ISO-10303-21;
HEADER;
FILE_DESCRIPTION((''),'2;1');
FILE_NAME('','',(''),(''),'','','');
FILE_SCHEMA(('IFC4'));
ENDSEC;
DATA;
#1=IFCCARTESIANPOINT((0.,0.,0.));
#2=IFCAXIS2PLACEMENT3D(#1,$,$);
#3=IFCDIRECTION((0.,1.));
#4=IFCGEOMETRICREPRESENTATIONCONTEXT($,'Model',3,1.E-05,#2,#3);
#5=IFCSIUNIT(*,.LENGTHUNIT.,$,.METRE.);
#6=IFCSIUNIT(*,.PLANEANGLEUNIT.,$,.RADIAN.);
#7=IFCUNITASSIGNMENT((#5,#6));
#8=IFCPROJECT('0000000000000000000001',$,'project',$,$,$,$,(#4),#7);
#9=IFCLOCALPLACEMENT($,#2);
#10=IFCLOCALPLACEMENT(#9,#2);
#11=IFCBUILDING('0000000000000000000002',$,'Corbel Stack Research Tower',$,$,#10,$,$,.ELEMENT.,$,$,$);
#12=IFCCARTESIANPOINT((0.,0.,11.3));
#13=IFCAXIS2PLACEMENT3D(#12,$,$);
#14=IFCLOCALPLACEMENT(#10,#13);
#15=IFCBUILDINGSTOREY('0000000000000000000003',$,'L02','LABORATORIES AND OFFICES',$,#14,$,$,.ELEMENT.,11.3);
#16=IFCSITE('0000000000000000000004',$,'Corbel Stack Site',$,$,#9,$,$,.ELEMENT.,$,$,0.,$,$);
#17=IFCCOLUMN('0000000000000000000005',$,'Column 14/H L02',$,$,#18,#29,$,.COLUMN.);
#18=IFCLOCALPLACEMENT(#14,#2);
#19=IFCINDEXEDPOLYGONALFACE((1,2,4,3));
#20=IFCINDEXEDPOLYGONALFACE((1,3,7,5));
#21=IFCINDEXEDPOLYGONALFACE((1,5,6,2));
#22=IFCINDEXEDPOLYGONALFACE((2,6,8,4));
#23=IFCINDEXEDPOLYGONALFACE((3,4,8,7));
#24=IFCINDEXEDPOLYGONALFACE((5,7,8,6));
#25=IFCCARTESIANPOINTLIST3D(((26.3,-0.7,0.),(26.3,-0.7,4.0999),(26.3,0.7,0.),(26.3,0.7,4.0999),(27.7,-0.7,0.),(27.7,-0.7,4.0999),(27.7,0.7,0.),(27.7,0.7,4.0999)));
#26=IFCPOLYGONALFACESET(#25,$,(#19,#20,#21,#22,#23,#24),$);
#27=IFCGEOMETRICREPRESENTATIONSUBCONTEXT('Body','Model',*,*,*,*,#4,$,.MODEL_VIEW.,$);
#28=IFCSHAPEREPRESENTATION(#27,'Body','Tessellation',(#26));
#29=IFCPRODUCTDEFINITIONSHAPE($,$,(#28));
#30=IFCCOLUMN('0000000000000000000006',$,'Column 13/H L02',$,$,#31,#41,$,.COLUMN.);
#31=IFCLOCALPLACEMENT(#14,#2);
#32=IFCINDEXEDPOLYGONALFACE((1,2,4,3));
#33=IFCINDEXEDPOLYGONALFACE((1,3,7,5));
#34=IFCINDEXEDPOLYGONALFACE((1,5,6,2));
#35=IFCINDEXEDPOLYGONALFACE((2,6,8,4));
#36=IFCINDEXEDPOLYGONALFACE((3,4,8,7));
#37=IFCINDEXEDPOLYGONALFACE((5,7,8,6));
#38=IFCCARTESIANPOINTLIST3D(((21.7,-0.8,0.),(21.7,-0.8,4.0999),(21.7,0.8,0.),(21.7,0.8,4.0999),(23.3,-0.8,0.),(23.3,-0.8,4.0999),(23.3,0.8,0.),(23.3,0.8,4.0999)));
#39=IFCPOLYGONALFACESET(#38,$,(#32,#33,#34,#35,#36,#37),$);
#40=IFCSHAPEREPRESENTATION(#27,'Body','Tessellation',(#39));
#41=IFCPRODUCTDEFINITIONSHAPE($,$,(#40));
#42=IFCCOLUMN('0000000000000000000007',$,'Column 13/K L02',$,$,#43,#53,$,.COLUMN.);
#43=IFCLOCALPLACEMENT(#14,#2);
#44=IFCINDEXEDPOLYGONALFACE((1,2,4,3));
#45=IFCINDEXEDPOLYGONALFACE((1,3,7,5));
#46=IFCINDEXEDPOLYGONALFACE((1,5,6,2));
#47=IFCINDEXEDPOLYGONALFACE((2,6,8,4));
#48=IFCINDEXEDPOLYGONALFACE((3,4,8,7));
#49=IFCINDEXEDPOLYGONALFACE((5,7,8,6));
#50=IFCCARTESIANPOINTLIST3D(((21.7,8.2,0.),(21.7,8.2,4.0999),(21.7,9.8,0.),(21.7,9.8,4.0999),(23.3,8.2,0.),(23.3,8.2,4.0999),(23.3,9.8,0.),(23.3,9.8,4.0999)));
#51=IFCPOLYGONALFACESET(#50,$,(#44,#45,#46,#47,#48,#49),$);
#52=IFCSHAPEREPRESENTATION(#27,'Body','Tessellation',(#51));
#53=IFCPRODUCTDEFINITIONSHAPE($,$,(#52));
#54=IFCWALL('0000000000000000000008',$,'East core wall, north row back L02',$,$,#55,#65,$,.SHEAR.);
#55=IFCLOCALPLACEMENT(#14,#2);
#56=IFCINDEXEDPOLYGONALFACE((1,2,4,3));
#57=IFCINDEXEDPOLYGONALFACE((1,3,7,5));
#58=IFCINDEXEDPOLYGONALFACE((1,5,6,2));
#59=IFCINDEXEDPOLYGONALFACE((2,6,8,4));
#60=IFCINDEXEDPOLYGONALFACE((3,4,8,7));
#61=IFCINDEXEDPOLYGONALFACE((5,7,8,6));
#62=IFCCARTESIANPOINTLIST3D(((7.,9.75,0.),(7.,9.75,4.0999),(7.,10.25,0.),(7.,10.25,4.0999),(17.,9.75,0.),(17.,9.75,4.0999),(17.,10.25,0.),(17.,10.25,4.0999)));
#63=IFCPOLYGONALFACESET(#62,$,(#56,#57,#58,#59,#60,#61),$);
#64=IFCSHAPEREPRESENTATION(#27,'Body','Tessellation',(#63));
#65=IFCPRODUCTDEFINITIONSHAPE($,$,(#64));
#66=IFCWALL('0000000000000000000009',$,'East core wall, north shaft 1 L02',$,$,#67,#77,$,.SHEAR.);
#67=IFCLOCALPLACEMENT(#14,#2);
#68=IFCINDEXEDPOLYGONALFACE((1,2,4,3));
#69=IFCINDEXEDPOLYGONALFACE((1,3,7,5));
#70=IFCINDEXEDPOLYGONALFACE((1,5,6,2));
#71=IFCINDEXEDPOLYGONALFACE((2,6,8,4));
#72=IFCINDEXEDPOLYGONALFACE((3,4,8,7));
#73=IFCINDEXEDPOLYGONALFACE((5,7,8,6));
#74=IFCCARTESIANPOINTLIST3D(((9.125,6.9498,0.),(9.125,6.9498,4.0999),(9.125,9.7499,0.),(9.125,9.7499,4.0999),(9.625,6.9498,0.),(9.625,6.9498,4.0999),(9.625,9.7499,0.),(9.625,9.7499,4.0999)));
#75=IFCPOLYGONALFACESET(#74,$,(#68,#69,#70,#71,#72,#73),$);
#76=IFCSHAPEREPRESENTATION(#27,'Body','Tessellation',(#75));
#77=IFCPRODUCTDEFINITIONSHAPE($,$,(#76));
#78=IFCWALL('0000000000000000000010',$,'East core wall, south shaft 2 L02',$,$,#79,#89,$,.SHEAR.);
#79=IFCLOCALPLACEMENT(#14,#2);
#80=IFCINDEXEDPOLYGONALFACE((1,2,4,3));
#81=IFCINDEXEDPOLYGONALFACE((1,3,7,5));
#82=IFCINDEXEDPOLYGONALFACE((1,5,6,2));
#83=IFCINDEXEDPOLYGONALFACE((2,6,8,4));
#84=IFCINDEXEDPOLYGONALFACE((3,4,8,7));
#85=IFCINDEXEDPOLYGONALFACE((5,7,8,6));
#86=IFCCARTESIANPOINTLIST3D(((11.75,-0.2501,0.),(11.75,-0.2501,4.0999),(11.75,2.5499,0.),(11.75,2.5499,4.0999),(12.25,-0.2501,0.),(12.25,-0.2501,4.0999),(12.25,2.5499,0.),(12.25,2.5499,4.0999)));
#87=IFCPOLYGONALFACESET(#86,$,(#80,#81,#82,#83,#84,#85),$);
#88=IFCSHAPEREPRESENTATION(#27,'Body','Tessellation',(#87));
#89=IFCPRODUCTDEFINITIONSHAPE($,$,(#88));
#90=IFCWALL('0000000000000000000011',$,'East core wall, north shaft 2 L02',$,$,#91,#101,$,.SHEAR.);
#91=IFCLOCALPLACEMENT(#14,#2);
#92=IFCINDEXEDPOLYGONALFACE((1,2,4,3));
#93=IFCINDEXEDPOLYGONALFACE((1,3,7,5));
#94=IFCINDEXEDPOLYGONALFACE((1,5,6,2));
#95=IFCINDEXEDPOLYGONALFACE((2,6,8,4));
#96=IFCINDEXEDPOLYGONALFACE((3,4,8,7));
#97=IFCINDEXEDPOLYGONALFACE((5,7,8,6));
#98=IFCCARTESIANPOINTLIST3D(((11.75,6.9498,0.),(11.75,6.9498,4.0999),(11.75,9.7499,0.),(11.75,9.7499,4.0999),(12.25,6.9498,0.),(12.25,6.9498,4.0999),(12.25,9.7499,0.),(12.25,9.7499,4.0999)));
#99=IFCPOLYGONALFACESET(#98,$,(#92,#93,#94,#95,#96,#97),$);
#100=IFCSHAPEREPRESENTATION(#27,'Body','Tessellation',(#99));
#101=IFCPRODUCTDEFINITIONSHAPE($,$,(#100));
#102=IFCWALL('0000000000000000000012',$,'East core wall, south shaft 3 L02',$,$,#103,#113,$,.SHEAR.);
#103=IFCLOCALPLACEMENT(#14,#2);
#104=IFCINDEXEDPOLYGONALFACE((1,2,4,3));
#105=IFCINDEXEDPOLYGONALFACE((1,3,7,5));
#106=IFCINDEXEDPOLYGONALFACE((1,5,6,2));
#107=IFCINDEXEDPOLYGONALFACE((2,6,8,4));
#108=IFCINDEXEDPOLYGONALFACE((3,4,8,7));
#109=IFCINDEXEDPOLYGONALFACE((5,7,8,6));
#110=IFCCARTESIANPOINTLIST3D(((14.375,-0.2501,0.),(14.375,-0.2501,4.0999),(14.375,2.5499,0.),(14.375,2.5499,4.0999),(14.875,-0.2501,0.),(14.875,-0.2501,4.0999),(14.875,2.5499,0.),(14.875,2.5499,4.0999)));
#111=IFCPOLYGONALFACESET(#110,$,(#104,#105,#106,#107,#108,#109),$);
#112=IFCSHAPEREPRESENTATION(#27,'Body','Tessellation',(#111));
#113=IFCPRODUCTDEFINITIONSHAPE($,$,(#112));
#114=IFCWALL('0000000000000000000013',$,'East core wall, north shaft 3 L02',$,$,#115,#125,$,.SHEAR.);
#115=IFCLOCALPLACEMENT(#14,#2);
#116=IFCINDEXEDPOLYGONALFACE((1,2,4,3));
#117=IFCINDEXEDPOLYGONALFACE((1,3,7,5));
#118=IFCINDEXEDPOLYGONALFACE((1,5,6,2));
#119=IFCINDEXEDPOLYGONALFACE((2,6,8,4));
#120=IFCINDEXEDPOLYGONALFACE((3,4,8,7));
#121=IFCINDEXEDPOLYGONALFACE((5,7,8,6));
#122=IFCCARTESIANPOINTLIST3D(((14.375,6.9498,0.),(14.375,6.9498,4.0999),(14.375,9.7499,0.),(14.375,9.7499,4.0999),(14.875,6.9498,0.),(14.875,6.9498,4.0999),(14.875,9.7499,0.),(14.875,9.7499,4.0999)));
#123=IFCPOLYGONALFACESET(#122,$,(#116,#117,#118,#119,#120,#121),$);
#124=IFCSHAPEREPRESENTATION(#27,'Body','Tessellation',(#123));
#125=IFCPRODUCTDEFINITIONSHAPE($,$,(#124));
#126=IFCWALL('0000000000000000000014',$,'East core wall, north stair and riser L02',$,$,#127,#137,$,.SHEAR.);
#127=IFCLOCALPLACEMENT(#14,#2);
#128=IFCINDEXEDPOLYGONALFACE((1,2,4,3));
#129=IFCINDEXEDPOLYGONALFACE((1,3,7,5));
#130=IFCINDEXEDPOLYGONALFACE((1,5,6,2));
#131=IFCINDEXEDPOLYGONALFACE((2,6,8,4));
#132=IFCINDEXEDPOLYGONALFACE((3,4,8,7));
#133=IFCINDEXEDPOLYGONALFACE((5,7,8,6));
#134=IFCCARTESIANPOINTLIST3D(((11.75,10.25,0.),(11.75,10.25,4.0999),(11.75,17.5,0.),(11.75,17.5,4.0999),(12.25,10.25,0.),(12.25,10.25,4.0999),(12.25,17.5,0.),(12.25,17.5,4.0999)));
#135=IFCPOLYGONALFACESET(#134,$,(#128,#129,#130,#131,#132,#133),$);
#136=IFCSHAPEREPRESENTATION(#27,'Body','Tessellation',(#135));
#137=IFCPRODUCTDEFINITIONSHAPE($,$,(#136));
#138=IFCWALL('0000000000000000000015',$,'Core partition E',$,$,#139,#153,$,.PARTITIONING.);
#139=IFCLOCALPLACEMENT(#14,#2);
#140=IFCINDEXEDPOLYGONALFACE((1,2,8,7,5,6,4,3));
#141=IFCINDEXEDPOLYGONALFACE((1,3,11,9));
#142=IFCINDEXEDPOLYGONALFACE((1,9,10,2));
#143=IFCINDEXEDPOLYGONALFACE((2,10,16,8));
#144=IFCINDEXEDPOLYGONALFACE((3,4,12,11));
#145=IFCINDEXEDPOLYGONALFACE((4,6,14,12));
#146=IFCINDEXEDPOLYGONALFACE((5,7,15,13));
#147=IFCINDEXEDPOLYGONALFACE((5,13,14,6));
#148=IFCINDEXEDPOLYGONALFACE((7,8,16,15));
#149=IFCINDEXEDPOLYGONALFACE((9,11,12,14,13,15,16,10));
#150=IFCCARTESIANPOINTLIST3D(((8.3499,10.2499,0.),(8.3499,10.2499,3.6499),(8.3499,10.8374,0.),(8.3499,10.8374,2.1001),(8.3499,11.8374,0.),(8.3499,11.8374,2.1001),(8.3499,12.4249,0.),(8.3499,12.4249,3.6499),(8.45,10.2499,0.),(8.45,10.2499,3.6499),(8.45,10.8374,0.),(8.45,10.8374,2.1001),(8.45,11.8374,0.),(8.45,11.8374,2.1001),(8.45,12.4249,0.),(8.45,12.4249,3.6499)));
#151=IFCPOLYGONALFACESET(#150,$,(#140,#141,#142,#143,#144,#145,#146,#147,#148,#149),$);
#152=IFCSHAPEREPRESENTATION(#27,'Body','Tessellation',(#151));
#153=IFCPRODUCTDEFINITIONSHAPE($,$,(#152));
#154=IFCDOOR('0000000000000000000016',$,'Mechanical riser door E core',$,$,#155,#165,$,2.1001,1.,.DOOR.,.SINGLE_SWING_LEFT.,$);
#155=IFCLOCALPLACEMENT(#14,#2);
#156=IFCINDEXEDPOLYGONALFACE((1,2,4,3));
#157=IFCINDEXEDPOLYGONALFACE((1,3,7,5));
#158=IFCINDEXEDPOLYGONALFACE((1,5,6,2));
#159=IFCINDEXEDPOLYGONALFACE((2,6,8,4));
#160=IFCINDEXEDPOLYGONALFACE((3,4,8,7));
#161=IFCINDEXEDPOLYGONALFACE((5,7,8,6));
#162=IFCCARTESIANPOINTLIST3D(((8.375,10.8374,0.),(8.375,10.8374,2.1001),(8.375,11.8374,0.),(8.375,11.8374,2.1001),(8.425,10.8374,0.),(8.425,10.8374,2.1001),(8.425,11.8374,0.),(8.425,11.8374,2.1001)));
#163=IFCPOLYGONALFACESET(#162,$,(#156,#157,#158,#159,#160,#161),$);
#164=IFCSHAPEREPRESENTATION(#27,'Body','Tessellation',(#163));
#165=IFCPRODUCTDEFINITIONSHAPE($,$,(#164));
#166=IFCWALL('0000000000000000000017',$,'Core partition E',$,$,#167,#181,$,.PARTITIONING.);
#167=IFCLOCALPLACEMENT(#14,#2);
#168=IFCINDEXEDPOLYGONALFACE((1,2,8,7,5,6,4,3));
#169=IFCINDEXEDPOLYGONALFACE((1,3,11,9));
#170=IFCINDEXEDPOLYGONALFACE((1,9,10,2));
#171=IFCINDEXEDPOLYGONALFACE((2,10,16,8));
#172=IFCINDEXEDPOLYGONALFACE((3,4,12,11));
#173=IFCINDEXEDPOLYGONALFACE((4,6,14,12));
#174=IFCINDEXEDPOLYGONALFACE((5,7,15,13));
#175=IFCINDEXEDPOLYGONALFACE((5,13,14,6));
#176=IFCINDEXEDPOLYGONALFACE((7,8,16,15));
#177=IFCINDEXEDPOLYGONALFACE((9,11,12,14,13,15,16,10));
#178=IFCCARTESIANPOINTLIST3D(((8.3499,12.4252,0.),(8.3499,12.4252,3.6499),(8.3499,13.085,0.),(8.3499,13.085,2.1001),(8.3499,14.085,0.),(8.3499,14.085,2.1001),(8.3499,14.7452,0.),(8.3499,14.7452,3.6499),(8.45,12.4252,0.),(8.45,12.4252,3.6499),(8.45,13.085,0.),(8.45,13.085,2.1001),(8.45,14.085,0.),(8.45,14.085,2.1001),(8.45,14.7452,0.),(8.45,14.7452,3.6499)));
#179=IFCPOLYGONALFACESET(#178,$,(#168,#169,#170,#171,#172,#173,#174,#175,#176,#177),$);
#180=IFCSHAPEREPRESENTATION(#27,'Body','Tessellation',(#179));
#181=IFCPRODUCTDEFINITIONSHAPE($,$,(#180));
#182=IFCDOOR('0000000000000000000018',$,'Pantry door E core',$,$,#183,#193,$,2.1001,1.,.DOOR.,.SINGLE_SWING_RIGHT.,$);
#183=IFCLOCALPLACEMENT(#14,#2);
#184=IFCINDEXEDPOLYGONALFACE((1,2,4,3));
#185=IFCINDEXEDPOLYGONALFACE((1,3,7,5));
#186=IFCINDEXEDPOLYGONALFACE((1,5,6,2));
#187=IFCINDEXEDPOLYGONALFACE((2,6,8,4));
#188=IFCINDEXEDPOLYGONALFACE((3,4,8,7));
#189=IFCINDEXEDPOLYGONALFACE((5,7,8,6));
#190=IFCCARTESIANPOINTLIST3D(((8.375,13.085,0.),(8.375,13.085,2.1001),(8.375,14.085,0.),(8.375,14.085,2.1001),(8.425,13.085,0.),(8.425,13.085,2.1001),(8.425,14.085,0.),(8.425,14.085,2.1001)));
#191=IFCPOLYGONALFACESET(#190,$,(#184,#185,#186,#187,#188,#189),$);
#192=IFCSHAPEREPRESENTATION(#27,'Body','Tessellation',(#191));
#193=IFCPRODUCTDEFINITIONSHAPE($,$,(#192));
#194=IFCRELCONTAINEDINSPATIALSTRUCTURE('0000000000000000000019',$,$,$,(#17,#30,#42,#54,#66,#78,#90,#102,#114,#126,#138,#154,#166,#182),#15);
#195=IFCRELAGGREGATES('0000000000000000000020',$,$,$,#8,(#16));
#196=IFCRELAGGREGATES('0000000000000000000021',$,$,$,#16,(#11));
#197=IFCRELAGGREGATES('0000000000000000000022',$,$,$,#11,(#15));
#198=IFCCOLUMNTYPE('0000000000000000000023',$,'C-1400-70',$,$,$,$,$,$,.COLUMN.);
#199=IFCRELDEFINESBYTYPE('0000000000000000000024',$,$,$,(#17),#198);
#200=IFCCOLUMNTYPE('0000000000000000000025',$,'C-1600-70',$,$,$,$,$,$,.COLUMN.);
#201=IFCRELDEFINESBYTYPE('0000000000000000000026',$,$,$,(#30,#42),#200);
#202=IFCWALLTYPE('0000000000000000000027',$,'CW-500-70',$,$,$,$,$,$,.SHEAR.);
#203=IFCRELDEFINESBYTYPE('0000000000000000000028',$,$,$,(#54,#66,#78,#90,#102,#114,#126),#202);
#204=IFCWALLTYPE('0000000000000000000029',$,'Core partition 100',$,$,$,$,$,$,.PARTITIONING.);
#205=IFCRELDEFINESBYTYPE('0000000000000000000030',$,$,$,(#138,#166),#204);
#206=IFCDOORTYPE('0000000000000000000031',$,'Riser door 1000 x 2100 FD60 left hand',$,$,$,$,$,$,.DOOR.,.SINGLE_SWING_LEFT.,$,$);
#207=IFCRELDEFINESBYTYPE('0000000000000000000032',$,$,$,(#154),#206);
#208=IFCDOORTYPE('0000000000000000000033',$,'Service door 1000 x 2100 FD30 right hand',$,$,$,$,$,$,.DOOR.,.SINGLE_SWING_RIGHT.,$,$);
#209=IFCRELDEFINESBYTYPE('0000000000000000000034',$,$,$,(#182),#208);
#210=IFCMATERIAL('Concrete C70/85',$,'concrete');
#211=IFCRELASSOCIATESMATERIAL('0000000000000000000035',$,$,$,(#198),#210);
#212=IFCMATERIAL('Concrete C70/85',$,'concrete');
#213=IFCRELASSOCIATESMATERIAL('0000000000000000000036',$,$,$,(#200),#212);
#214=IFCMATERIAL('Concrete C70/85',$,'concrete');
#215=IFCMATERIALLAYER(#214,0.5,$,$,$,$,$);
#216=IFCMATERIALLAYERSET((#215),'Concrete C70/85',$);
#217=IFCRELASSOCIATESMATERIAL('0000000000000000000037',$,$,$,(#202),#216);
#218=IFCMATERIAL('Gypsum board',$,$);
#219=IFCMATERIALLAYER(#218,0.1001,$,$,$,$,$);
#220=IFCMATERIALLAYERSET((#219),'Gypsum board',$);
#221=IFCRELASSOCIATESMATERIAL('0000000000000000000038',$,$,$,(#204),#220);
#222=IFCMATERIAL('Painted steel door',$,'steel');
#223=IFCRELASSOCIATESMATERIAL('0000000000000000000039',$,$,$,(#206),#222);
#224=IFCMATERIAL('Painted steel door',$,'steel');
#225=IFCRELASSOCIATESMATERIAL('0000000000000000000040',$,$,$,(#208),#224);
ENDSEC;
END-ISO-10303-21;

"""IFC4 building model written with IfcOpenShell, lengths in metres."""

from ifc_helpers import new_model, si_unit, direction, frame, frame_2d, origin, origin_2d, place, context, subcontext, project, spatial, rectangle, extrude, material, layer, layer_set, material_profile, profile_set, type_object, element, fill, save


model = new_model("IFC4")

# Units and contexts
model_context = context("Model", 3, precision=1e-05, world=origin(), true_north=direction((0.0, 1.0)))
body_context = subcontext(model_context, "Body", "Model", "MODEL_VIEW")
ifc_project = project(units=[si_unit("LENGTHUNIT", "METRE"), si_unit("PLANEANGLEUNIT", "RADIAN")], contexts=[model_context])

# Site, building, storey
site_placement = place(None, origin())
site = spatial("IfcSite", under=ifc_project, at=site_placement, Name="Corbel Stack Site", CompositionType="ELEMENT", RefElevation=0.0)
building_placement = place(site_placement, origin())
building = spatial("IfcBuilding", under=site, at=building_placement, Name="Corbel Stack Research Tower", CompositionType="ELEMENT")
storey_placement = place(building_placement, frame((0.0, 0.0, 11.3)))
storey = spatial("IfcBuildingStorey", under=building, at=storey_placement, Name="L02", Description="LABORATORIES AND OFFICES", CompositionType="ELEMENT", Elevation=11.3)

# Columns
ifc_material_1 = material(Name="Concrete C70/85", Category="concrete")
ifc_material_profile_1 = material_profile(ifc_material_1, rectangle(XDim=1.3999, YDim=1.3999, at=origin_2d()), Name="RC 1400 x 1400")
ifc_profile_set_1 = profile_set([ifc_material_profile_1], Name="Concrete C70/85")
column_type_1 = type_object("IfcColumnType", Name="C-1400-70", PredefinedType="COLUMN", material=ifc_profile_set_1)
column_placement = place(storey_placement, frame((27.0, 0.0, 0.0), z_axis=(0.0, 0.0, 1.0), x_axis=(1.0, 0.0, 0.0)))
element("IfcColumn", 1, at=column_placement, inside=storey, type_object=column_type_1, Name="Column 14/H L02", PredefinedType="COLUMN", context=body_context, shape_type="SweptSolid", body=[
    extrude(rectangle(XDim=1.3999, YDim=1.3999, at=origin_2d()), origin(), (0.0, 0.0, 1.0), 4.0999),
])
ifc_material_2 = material(Name="Concrete C70/85", Category="concrete")
ifc_material_profile_2 = material_profile(ifc_material_2, rectangle(XDim=1.6001, YDim=1.6001, at=origin_2d()), Name="RC 1600 x 1600")
ifc_profile_set_2 = profile_set([ifc_material_profile_2], Name="Concrete C70/85")
column_type_2 = type_object("IfcColumnType", Name="C-1600-70", PredefinedType="COLUMN", material=ifc_profile_set_2)
for number, where, z_axis, x_axis, name in (
    (2, (22.5, 0.0, 0.0), (0.0, 0.0, 1.0), (1.0, 0.0, 0.0), "Column 13/H L02"),
    (3, (22.5, 9.0, 0.0), (0.0, 0.0, 1.0), (1.0, 0.0, 0.0), "Column 13/K L02"),
):
    element("IfcColumn", number, at=place(storey_placement, frame(where, z_axis=z_axis, x_axis=x_axis)), inside=storey, type_object=column_type_2, Name=name, PredefinedType="COLUMN", context=body_context, shape_type="SweptSolid", body=[
        extrude(rectangle(XDim=1.6001, YDim=1.6001, at=origin_2d()), origin(), (0.0, 0.0, 1.0), 4.0999),
    ])

# Walls
ifc_material_3 = material(Name="Concrete C70/85", Category="concrete")
ifc_layer_1 = layer(ifc_material_3, 0.5)
ifc_layer_set_1 = layer_set([ifc_layer_1], Name="Concrete C70/85")
wall_type_1 = type_object("IfcWallType", Name="CW-500-70", PredefinedType="SHEAR", material=ifc_layer_set_1)
wall_1_placement = place(storey_placement, frame((7.0, 10.0, 0.0), z_axis=(0.0, 0.0, 1.0), x_axis=(1.0, 0.0, 0.0)))
element("IfcWall", 4, at=wall_1_placement, inside=storey, type_object=wall_type_1, Name="East core wall, north row back L02", PredefinedType="SHEAR", context=body_context, shape_type="SweptSolid", body=[
    extrude(rectangle(XDim=10.0, YDim=0.5, at=frame_2d((5.0, 0.0))), origin(), (0.0, 0.0, 1.0), 4.0999),
])
for number, where, z_axis, x_axis, name in (
    (5, (9.375, 6.95, 0.0), (0.0, 0.0, 1.0), (0.0, 1.0, 0.0), "East core wall, north shaft 1 L02"),
    (6, (12.0, -0.25, 0.0), (0.0, 0.0, 1.0), (0.0, 1.0, 0.0), "East core wall, south shaft 2 L02"),
    (7, (12.0, 6.95, 0.0), (0.0, 0.0, 1.0), (0.0, 1.0, 0.0), "East core wall, north shaft 2 L02"),
    (8, (14.625, -0.25, 0.0), (0.0, 0.0, 1.0), (0.0, 1.0, 0.0), "East core wall, south shaft 3 L02"),
    (9, (14.625, 6.95, 0.0), (0.0, 0.0, 1.0), (0.0, 1.0, 0.0), "East core wall, north shaft 3 L02"),
):
    element("IfcWall", number, at=place(storey_placement, frame(where, z_axis=z_axis, x_axis=x_axis)), inside=storey, type_object=wall_type_1, Name=name, PredefinedType="SHEAR", context=body_context, shape_type="SweptSolid", body=[
        extrude(rectangle(XDim=2.8, YDim=0.5, at=frame_2d((1.3999, 0.0))), origin(), (0.0, 0.0, 1.0), 4.0999),
    ])
wall_2_placement = place(storey_placement, frame((12.0, 10.25, 0.0), z_axis=(0.0, 0.0, 1.0), x_axis=(0.0, 1.0, 0.0)))
element("IfcWall", 10, at=wall_2_placement, inside=storey, type_object=wall_type_1, Name="East core wall, north stair and riser L02", PredefinedType="SHEAR", context=body_context, shape_type="SweptSolid", body=[
    extrude(rectangle(XDim=7.25, YDim=0.5, at=frame_2d((3.625, 0.0))), origin(), (0.0, 0.0, 1.0), 4.0999),
])

# Walls, openings, doors
ifc_material_4 = material(Name="Gypsum board")
ifc_layer_2 = layer(ifc_material_4, 0.1001)
ifc_layer_set_2 = layer_set([ifc_layer_2], Name="Gypsum board")
wall_type_2 = type_object("IfcWallType", Name="Core partition 100", PredefinedType="PARTITIONING", material=ifc_layer_set_2)
wall_3_placement = place(storey_placement, frame((8.3999, 10.25, 0.0), z_axis=(0.0, 0.0, 1.0), x_axis=(0.0, 1.0, 0.0)))
wall_3 = element("IfcWall", 11, at=wall_3_placement, inside=storey, type_object=wall_type_2, Name="Core partition E", PredefinedType="PARTITIONING", context=body_context, shape_type="SweptSolid", body=[
    extrude(rectangle(XDim=2.175, YDim=0.1001, at=frame_2d((1.0874, 0.0))), origin(), (0.0, 0.0, 1.0), 3.6499),
])
opening_1_placement = place(wall_3_placement, frame((0.5874, 0.0, 0.0)))
opening_1 = element("IfcOpeningElement", 12, at=opening_1_placement, cuts=wall_3, PredefinedType="OPENING", context=body_context, shape_type="SweptSolid", body=[
    extrude(rectangle(XDim=1.0, YDim=2.1001, at=frame_2d((0.5, 1.05))), frame((0.0, 0.0601, 0.0), z_axis=(0.0, -1.0, 0.0), x_axis=(1.0, 0.0, 0.0)), (0.0, 0.0, 1.0), 0.1201),
])
ifc_material_5 = material(Name="Painted steel door", Category="steel")
door_type_1 = type_object("IfcDoorType", Name="Riser door 1000 x 2100 FD60 left hand", OperationType="SINGLE_SWING_LEFT", PredefinedType="DOOR", material=ifc_material_5)
door_1_placement = place(opening_1_placement, origin())
door_1 = element("IfcDoor", 13, at=door_1_placement, inside=storey, type_object=door_type_1, Name="Mechanical riser door E core", OperationType="SINGLE_SWING_LEFT", OverallHeight=2.1001, OverallWidth=1.0, PredefinedType="DOOR", context=body_context, shape_type="SweptSolid", body=[
    extrude(rectangle(XDim=1.0, YDim=2.1001, at=frame_2d((0.5, 1.05))), frame((0.0, 0.0249, 0.0), z_axis=(0.0, -1.0, 0.0), x_axis=(1.0, 0.0, 0.0)), (0.0, 0.0, 1.0), 0.05),
])
fill(opening_1, door_1)
wall_4_placement = place(storey_placement, frame((8.3999, 12.425, 0.0), z_axis=(0.0, 0.0, 1.0), x_axis=(0.0, 1.0, 0.0)))
wall_4 = element("IfcWall", 14, at=wall_4_placement, inside=storey, type_object=wall_type_2, Name="Core partition E", PredefinedType="PARTITIONING", context=body_context, shape_type="SweptSolid", body=[
    extrude(rectangle(XDim=2.3201, YDim=0.1001, at=frame_2d((1.1602, 0.0))), origin(), (0.0, 0.0, 1.0), 3.6499),
])
opening_2_placement = place(wall_4_placement, frame((0.6599, 0.0, 0.0)))
opening_2 = element("IfcOpeningElement", 15, at=opening_2_placement, cuts=wall_4, PredefinedType="OPENING", context=body_context, shape_type="SweptSolid", body=[
    extrude(rectangle(XDim=1.0, YDim=2.1001, at=frame_2d((0.5, 1.05))), frame((0.0, 0.0601, 0.0), z_axis=(0.0, -1.0, 0.0), x_axis=(1.0, 0.0, 0.0)), (0.0, 0.0, 1.0), 0.1201),
])
ifc_material_6 = material(Name="Painted steel door", Category="steel")
door_type_2 = type_object("IfcDoorType", Name="Service door 1000 x 2100 FD30 right hand", OperationType="SINGLE_SWING_RIGHT", PredefinedType="DOOR", material=ifc_material_6)
door_2_placement = place(opening_2_placement, origin())
door_2 = element("IfcDoor", 16, at=door_2_placement, inside=storey, type_object=door_type_2, Name="Pantry door E core", OperationType="SINGLE_SWING_RIGHT", OverallHeight=2.1001, OverallWidth=1.0, PredefinedType="DOOR", context=body_context, shape_type="SweptSolid", body=[
    extrude(rectangle(XDim=1.0, YDim=2.1001, at=frame_2d((0.5, 1.05))), frame((0.0, 0.0249, 0.0), z_axis=(0.0, -1.0, 0.0), x_axis=(1.0, 0.0, 0.0)), (0.0, 0.0, 1.0), 0.05),
])
fill(opening_2, door_2)

save(model, "model.ifc")
